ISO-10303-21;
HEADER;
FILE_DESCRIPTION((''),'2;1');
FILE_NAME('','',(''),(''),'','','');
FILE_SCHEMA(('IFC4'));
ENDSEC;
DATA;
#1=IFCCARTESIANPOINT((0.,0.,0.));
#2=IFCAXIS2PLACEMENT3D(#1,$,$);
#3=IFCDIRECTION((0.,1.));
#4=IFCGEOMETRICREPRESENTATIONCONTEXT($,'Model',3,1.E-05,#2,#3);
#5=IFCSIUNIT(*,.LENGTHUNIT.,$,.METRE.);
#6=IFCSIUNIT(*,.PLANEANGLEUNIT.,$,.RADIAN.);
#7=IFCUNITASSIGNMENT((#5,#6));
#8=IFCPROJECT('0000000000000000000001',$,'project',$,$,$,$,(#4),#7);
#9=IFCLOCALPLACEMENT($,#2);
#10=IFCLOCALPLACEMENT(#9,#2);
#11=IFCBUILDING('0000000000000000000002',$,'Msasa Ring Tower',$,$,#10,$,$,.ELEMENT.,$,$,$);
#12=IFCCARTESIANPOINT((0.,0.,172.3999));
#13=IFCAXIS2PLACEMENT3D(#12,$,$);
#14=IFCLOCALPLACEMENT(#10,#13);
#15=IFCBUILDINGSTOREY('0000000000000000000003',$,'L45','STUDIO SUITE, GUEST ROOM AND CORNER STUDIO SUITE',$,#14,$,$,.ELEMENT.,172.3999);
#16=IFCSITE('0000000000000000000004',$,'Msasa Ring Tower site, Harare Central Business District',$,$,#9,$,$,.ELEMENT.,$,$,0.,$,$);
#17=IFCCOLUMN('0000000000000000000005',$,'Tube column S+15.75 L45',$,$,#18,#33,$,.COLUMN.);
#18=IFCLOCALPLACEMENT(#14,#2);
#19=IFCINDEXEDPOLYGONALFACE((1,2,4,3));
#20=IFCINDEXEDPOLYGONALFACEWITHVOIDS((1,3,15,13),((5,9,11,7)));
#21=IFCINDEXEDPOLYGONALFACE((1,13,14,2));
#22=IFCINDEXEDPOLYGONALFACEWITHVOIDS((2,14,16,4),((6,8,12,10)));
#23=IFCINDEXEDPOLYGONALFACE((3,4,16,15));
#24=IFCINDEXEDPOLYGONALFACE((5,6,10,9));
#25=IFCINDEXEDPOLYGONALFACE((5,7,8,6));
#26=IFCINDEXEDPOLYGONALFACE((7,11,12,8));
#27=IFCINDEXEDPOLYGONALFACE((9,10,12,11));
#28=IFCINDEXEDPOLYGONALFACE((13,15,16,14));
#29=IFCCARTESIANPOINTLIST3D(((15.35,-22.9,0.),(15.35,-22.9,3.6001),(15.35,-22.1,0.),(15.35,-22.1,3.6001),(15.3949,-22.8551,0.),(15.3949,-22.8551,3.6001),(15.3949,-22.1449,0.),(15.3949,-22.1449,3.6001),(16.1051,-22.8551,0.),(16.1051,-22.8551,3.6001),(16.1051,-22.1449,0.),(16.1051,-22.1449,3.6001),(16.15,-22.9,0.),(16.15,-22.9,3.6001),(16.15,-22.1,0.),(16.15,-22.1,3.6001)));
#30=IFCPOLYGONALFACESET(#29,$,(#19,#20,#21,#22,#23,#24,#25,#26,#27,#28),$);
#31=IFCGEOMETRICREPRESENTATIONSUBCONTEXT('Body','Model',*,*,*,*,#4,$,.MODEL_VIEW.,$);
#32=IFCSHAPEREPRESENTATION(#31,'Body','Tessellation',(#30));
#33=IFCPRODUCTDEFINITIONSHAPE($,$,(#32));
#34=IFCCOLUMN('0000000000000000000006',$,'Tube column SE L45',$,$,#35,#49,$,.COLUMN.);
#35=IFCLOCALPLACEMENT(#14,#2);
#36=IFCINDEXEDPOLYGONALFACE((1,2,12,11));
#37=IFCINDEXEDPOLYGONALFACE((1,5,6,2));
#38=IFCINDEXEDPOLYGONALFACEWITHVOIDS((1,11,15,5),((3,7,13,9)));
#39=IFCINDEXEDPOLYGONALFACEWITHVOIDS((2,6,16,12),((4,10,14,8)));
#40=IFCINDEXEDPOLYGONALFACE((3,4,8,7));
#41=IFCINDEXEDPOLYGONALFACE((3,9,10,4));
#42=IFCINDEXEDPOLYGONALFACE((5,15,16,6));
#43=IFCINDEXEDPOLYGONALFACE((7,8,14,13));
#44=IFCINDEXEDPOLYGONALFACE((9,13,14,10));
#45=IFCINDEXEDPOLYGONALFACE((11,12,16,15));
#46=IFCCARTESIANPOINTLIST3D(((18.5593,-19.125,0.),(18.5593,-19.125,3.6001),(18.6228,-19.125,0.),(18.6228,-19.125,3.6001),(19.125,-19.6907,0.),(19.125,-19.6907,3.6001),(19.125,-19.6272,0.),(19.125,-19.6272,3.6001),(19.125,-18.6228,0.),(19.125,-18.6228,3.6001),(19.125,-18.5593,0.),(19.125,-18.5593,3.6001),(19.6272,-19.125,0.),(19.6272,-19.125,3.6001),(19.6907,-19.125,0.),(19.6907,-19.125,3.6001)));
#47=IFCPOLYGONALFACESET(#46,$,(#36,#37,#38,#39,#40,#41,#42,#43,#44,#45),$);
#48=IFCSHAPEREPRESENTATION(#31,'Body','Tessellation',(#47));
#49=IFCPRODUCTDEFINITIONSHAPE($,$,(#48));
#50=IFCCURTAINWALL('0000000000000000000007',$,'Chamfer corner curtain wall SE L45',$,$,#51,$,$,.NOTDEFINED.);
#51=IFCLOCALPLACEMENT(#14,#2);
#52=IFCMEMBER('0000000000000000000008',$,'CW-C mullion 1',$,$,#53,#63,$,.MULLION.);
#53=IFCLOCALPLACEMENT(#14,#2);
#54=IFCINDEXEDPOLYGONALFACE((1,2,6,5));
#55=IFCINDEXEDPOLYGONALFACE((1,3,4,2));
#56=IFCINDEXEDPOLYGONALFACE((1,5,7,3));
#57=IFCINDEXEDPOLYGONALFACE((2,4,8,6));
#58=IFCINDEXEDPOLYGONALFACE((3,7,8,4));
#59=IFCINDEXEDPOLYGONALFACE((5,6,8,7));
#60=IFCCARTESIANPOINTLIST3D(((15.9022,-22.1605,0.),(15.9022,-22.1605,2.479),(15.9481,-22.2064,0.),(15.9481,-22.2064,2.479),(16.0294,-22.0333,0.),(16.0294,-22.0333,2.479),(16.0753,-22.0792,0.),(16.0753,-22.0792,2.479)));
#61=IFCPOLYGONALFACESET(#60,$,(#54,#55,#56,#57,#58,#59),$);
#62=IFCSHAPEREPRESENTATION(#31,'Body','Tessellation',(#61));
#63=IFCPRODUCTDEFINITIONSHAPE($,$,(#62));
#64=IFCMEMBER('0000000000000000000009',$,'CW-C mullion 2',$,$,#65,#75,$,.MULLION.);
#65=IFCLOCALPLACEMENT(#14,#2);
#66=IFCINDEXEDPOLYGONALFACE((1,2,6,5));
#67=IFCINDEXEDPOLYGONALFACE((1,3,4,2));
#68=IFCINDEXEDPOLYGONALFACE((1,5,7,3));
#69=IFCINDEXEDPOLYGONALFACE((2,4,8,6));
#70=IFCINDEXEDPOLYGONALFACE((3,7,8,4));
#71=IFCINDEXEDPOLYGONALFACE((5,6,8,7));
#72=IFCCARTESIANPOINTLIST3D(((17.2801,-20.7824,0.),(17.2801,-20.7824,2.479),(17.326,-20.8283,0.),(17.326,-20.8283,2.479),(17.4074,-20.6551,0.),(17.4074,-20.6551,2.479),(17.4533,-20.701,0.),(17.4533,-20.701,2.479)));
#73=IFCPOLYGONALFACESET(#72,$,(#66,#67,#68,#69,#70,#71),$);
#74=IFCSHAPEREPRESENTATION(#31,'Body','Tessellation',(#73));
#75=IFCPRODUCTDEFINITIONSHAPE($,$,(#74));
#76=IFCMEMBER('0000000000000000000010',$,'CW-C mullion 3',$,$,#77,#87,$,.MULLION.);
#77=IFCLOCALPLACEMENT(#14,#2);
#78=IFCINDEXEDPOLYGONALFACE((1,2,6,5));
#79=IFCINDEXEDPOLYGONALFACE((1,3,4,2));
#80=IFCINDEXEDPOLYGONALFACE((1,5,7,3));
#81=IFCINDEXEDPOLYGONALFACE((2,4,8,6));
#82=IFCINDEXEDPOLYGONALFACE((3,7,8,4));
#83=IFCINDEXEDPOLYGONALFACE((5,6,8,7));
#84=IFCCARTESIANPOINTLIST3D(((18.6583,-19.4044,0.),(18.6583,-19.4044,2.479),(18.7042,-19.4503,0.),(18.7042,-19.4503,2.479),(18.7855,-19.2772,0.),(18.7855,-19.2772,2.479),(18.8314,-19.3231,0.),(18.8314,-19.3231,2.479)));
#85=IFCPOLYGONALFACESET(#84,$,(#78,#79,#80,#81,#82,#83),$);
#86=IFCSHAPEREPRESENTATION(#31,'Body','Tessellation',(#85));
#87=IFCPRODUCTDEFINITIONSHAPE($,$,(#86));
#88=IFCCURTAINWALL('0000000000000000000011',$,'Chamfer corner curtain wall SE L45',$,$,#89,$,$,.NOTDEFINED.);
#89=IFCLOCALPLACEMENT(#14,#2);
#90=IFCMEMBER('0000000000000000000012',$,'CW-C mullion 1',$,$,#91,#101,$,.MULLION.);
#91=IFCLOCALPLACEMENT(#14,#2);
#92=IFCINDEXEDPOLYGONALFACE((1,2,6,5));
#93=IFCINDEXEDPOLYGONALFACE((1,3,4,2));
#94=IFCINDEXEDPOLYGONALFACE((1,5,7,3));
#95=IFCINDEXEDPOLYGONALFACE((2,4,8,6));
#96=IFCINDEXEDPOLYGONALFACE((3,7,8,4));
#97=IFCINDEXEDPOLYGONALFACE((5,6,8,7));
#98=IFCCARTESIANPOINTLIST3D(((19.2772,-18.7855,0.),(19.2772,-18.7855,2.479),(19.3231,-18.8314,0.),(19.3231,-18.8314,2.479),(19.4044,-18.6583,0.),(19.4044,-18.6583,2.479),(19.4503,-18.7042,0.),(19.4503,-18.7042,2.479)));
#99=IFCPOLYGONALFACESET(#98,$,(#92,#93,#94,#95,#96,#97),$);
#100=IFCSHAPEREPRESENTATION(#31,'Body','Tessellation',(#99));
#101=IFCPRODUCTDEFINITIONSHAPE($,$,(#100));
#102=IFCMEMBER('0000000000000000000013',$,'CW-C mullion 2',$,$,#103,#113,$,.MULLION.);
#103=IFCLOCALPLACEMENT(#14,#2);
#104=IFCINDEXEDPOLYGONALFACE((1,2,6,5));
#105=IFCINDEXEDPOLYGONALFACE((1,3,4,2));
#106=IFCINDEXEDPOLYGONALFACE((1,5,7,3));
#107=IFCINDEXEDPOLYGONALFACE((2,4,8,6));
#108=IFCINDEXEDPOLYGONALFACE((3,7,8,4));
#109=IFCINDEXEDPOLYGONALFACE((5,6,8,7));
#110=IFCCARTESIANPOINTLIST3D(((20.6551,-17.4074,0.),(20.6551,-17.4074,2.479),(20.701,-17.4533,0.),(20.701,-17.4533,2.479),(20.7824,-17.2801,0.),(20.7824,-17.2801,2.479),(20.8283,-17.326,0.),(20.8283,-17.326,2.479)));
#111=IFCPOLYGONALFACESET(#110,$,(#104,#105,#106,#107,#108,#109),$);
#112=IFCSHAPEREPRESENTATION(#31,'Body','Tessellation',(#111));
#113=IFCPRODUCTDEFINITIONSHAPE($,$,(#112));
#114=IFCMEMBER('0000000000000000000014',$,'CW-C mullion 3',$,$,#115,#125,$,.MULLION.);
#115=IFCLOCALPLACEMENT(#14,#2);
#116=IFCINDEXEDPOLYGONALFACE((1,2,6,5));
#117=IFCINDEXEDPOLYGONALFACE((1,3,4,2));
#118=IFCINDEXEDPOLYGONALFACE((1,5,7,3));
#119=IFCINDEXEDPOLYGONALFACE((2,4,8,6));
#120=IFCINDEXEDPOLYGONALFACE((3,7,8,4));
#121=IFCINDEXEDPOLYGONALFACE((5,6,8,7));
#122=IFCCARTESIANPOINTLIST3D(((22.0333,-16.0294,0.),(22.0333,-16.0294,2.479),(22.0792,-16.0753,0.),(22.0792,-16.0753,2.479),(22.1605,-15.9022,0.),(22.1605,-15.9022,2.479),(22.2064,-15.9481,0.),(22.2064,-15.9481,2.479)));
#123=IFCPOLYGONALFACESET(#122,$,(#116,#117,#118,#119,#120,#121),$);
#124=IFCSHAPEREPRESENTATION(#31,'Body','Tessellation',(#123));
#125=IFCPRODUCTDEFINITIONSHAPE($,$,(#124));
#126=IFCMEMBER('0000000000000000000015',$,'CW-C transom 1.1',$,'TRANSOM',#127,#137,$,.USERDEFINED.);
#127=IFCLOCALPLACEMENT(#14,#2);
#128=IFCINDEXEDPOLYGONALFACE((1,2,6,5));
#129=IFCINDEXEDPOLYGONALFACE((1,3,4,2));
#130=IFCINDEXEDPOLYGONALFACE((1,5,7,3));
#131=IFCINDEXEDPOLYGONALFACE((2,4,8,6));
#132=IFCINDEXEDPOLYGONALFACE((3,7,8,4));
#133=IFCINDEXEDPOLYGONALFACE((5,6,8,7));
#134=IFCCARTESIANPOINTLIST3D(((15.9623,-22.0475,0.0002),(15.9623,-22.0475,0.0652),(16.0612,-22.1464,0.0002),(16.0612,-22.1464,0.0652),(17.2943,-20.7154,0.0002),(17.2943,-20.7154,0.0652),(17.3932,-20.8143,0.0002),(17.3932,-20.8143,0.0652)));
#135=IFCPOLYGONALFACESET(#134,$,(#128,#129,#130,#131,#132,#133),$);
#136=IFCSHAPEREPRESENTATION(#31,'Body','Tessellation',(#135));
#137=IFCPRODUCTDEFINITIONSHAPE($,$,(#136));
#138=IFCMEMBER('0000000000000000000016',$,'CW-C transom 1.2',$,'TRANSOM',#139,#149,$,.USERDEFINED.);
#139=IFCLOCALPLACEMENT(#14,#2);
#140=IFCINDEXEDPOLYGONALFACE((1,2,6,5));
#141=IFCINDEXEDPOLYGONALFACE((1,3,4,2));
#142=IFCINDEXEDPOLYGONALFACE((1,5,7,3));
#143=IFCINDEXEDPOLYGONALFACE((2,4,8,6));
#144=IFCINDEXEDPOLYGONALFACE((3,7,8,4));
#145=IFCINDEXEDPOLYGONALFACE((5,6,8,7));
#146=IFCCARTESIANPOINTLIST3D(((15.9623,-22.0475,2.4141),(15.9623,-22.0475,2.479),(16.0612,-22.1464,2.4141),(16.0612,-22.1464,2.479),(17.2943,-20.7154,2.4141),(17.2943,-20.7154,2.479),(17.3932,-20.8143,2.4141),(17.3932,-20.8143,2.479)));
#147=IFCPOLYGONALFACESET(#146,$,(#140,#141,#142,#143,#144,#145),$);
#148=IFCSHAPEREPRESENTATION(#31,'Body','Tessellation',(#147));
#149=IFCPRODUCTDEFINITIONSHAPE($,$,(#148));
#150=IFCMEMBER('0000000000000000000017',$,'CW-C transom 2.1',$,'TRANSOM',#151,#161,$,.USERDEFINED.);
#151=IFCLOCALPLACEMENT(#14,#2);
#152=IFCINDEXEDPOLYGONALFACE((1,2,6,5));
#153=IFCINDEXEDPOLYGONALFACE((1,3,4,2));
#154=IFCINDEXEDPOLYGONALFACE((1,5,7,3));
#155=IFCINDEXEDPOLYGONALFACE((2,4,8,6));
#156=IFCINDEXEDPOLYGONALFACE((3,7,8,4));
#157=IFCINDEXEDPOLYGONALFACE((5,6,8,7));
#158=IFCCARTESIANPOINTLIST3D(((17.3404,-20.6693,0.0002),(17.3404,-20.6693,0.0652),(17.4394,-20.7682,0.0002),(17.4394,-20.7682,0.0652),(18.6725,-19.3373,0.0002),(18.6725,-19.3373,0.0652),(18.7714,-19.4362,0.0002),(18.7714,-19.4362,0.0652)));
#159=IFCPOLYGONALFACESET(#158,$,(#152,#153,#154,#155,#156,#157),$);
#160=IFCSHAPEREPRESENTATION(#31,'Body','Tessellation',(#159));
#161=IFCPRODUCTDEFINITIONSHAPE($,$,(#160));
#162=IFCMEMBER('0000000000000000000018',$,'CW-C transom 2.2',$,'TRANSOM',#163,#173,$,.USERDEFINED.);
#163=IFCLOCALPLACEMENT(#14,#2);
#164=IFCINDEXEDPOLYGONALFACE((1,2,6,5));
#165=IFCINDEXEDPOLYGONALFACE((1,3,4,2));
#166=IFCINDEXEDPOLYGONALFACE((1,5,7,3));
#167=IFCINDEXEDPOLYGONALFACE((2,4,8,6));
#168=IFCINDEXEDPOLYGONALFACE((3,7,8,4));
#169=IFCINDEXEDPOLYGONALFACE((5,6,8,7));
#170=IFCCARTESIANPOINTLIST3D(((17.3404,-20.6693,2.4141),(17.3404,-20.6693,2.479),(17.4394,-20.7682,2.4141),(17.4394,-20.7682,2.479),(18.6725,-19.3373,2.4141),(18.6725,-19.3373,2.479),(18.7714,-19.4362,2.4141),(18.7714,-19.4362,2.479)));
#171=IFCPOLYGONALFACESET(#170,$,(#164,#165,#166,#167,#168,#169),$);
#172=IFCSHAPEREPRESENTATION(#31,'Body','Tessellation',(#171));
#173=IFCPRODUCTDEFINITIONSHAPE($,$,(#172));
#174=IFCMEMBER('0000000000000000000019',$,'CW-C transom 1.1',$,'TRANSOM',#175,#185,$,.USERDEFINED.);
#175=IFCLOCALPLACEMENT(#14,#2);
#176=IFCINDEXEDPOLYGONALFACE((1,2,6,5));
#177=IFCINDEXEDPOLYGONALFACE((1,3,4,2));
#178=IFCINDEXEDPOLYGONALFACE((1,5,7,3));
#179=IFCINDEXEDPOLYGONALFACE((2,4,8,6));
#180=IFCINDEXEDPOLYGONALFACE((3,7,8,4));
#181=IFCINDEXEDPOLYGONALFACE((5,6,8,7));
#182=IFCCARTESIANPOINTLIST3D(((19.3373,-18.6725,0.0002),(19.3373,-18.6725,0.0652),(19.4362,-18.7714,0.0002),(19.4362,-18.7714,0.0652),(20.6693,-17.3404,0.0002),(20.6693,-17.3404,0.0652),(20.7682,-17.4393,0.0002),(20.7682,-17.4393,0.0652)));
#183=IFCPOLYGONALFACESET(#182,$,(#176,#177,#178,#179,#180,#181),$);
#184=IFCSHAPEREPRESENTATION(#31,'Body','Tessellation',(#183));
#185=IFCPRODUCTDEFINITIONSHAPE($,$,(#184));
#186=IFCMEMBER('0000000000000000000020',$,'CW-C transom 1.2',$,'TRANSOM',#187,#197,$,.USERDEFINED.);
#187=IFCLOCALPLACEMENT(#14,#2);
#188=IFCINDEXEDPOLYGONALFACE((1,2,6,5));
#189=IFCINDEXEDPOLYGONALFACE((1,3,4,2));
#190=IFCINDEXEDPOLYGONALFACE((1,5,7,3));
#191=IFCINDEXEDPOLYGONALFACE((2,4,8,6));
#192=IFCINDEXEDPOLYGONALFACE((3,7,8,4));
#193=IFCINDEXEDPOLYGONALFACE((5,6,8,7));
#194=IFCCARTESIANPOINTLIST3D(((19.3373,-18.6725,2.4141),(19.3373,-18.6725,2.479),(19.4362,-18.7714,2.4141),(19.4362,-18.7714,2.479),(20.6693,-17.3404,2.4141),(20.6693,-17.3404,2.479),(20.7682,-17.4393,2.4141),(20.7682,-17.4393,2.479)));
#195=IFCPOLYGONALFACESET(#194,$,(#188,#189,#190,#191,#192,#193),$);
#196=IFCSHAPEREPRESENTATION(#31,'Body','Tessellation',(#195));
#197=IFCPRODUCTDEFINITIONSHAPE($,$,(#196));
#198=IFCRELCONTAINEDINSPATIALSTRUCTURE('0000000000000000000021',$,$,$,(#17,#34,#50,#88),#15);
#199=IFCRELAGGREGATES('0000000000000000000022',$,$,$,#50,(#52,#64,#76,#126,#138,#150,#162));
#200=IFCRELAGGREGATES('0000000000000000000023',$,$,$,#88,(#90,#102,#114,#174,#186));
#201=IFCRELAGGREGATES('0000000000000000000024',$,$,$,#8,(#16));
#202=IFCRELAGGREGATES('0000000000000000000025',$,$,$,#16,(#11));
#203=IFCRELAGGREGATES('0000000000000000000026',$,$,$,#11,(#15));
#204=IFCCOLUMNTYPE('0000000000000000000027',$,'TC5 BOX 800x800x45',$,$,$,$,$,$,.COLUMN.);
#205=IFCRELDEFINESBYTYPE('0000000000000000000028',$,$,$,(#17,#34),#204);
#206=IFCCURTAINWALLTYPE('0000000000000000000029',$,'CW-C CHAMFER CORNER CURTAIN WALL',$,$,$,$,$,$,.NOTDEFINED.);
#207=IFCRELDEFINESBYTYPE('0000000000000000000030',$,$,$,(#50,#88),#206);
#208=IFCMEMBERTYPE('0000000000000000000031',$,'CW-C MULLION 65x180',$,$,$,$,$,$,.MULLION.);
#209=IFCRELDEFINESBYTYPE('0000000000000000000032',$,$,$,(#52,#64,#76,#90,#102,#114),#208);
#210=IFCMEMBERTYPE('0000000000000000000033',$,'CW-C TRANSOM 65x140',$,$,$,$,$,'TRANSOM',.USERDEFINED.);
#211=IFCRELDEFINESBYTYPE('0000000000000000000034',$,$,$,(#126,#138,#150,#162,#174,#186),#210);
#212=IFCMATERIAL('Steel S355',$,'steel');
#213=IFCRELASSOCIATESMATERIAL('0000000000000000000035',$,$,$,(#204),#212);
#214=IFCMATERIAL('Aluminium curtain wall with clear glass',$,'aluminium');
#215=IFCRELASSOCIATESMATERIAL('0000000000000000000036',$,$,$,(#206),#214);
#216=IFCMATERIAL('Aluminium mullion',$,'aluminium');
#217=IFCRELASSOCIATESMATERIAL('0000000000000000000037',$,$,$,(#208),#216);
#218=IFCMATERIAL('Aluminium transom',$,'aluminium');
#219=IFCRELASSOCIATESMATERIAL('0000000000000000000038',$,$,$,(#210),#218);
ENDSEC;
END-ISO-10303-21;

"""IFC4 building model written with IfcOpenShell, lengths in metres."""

from ifc_helpers import new_model, si_unit, direction, frame, origin, origin_2d, place, context, subcontext, project, spatial, rectangle, hollow_rectangle, extrude, material, material_profile, profile_set, type_object, element, aggregate, save


model = new_model("IFC4")

# Units and contexts
model_context = context("Model", 3, precision=1e-05, world=origin(), true_north=direction((0.0, 1.0)))
body_context = subcontext(model_context, "Body", "Model", "MODEL_VIEW")
ifc_project = project(units=[si_unit("LENGTHUNIT", "METRE"), si_unit("PLANEANGLEUNIT", "RADIAN")], contexts=[model_context])

# Site, building, storey
site_placement = place(None, origin())
site = spatial("IfcSite", under=ifc_project, at=site_placement, Name="Msasa Ring Tower site, Harare Central Business District", CompositionType="ELEMENT", RefElevation=0.0)
building_placement = place(site_placement, origin())
building = spatial("IfcBuilding", under=site, at=building_placement, Name="Msasa Ring Tower", CompositionType="ELEMENT")
storey_placement = place(building_placement, frame((0.0, 0.0, 172.3999)))
storey = spatial("IfcBuildingStorey", under=building, at=storey_placement, Name="L45", Description="STUDIO SUITE, GUEST ROOM AND CORNER STUDIO SUITE", CompositionType="ELEMENT", Elevation=172.3999)

# Columns
ifc_material_1 = material(Name="Steel S355", Category="steel")
ifc_material_profile_1 = material_profile(ifc_material_1, hollow_rectangle(XDim=0.8, YDim=0.8, WallThickness=0.0449, at=origin_2d()), Name="BOX 800x800x45")
ifc_profile_set_1 = profile_set([ifc_material_profile_1], Name="Steel S355")
column_type = type_object("IfcColumnType", Name="TC5 BOX 800x800x45", PredefinedType="COLUMN", material=ifc_profile_set_1)
for number, where, z_axis, x_axis, name in (
    (1, (15.75, -22.5, 0.0), (0.0, 0.0, 1.0), (0.0, 1.0, 0.0), "Tube column S+15.75 L45"),
    (2, (19.125, -19.125, 0.0), (0.0, 0.0, 1.0), (0.707107, -0.707107, 0.0), "Tube column SE L45"),
):
    element("IfcColumn", number, at=place(storey_placement, frame(where, z_axis=z_axis, x_axis=x_axis)), inside=storey, type_object=column_type, Name=name, PredefinedType="COLUMN", context=body_context, shape_type="SweptSolid", body=[
        extrude(hollow_rectangle(XDim=0.8, YDim=0.8, WallThickness=0.0449, at=origin_2d()), origin(), (0.0, 0.0, 1.0), 3.6001),
    ])

# Curtain walls, members
ifc_material_2 = material(Name="Aluminium curtain wall with clear glass", Category="aluminium")
curtain_wall_type = type_object("IfcCurtainWallType", Name="CW-C CHAMFER CORNER CURTAIN WALL", PredefinedType="NOTDEFINED", material=ifc_material_2)
curtain_wall_1_placement = place(storey_placement, origin())
curtain_wall_1 = element("IfcCurtainWall", 3, at=curtain_wall_1_placement, inside=storey, type_object=curtain_wall_type, Name="Chamfer corner curtain wall SE L45", PredefinedType="NOTDEFINED")
ifc_material_3 = material(Name="Aluminium mullion", Category="aluminium")
ifc_material_profile_2 = material_profile(ifc_material_3, rectangle(XDim=0.0649, YDim=0.1799, at=origin_2d()), Name="AL 65x180")
ifc_profile_set_2 = profile_set([ifc_material_profile_2], Name="Aluminium mullion")
member_type_1 = type_object("IfcMemberType", Name="CW-C MULLION 65x180", PredefinedType="MULLION", material=ifc_profile_set_2)
member_1_placement = place(storey_placement, frame((15.9888, -22.1199, 0.0), z_axis=(0.0, 0.0, 1.0), x_axis=(-0.707107, 0.707107, 0.0)))
member_1 = element("IfcMember", 4, at=member_1_placement, type_object=member_type_1, Name="CW-C mullion 1", PredefinedType="MULLION", context=body_context, shape_type="SweptSolid", body=[
    extrude(rectangle(XDim=0.0649, YDim=0.1799, at=origin_2d()), origin(), (0.0, 0.0, 1.0), 2.479),
])
member_2_placement = place(storey_placement, frame((17.3667, -20.7417, 0.0), z_axis=(0.0, 0.0, 1.0), x_axis=(-0.707107, 0.707107, 0.0)))
member_2 = element("IfcMember", 5, at=member_2_placement, type_object=member_type_1, Name="CW-C mullion 2", PredefinedType="MULLION", context=body_context, shape_type="SweptSolid", body=[
    extrude(rectangle(XDim=0.0649, YDim=0.1799, at=origin_2d()), origin(), (0.0, 0.0, 1.0), 2.479),
])
member_3_placement = place(storey_placement, frame((18.7449, -19.3638, 0.0), z_axis=(0.0, 0.0, 1.0), x_axis=(-0.707107, 0.707107, 0.0)))
member_3 = element("IfcMember", 6, at=member_3_placement, type_object=member_type_1, Name="CW-C mullion 3", PredefinedType="MULLION", context=body_context, shape_type="SweptSolid", body=[
    extrude(rectangle(XDim=0.0649, YDim=0.1799, at=origin_2d()), origin(), (0.0, 0.0, 1.0), 2.479),
])
curtain_wall_2_placement = place(storey_placement, origin())
curtain_wall_2 = element("IfcCurtainWall", 7, at=curtain_wall_2_placement, inside=storey, type_object=curtain_wall_type, Name="Chamfer corner curtain wall SE L45", PredefinedType="NOTDEFINED")
member_4_placement = place(storey_placement, frame((19.3638, -18.7449, 0.0), z_axis=(0.0, 0.0, 1.0), x_axis=(-0.707107, 0.707107, 0.0)))
member_4 = element("IfcMember", 8, at=member_4_placement, type_object=member_type_1, Name="CW-C mullion 1", PredefinedType="MULLION", context=body_context, shape_type="SweptSolid", body=[
    extrude(rectangle(XDim=0.0649, YDim=0.1799, at=origin_2d()), origin(), (0.0, 0.0, 1.0), 2.479),
])
member_5_placement = place(storey_placement, frame((20.7417, -17.3667, 0.0), z_axis=(0.0, 0.0, 1.0), x_axis=(-0.707107, 0.707107, 0.0)))
member_5 = element("IfcMember", 9, at=member_5_placement, type_object=member_type_1, Name="CW-C mullion 2", PredefinedType="MULLION", context=body_context, shape_type="SweptSolid", body=[
    extrude(rectangle(XDim=0.0649, YDim=0.1799, at=origin_2d()), origin(), (0.0, 0.0, 1.0), 2.479),
])
member_6_placement = place(storey_placement, frame((22.1199, -15.9888, 0.0), z_axis=(0.0, 0.0, 1.0), x_axis=(-0.707107, 0.707107, 0.0)))
member_6 = element("IfcMember", 10, at=member_6_placement, type_object=member_type_1, Name="CW-C mullion 3", PredefinedType="MULLION", context=body_context, shape_type="SweptSolid", body=[
    extrude(rectangle(XDim=0.0649, YDim=0.1799, at=origin_2d()), origin(), (0.0, 0.0, 1.0), 2.479),
])

# Members
ifc_material_4 = material(Name="Aluminium transom", Category="aluminium")
ifc_material_profile_3 = material_profile(ifc_material_4, rectangle(XDim=0.1399, YDim=0.0649, at=origin_2d()), Name="AL 65x140")
ifc_profile_set_3 = profile_set([ifc_material_profile_3], Name="Aluminium transom")
member_type_2 = type_object("IfcMemberType", Name="CW-C TRANSOM 65x140", ElementType="TRANSOM", PredefinedType="USERDEFINED", material=ifc_profile_set_3)
member_7_placement = place(storey_placement, frame((16.0117, -22.0969, 0.0327), z_axis=(0.707107, 0.707107, 0.0), x_axis=(-0.707107, 0.707107, 0.0)))
member_7 = element("IfcMember", 11, at=member_7_placement, type_object=member_type_2, Name="CW-C transom 1.1", ObjectType="TRANSOM", PredefinedType="USERDEFINED", context=body_context, shape_type="SweptSolid", body=[
    extrude(rectangle(XDim=0.1399, YDim=0.0649, at=origin_2d()), origin(), (0.0, 0.0, 1.0), 1.8838),
])
member_8_placement = place(storey_placement, frame((16.0117, -22.0969, 2.4465), z_axis=(0.707107, 0.707107, 0.0), x_axis=(-0.707107, 0.707107, 0.0)))
member_8 = element("IfcMember", 12, at=member_8_placement, type_object=member_type_2, Name="CW-C transom 1.2", ObjectType="TRANSOM", PredefinedType="USERDEFINED", context=body_context, shape_type="SweptSolid", body=[
    extrude(rectangle(XDim=0.1399, YDim=0.0649, at=origin_2d()), origin(), (0.0, 0.0, 1.0), 1.8838),
])
member_9_placement = place(storey_placement, frame((17.3899, -20.7188, 0.0327), z_axis=(0.707107, 0.707107, 0.0), x_axis=(-0.707107, 0.707107, 0.0)))
member_9 = element("IfcMember", 13, at=member_9_placement, type_object=member_type_2, Name="CW-C transom 2.1", ObjectType="TRANSOM", PredefinedType="USERDEFINED", context=body_context, shape_type="SweptSolid", body=[
    extrude(rectangle(XDim=0.1399, YDim=0.0649, at=origin_2d()), origin(), (0.0, 0.0, 1.0), 1.8838),
])
member_10_placement = place(storey_placement, frame((17.3899, -20.7188, 2.4465), z_axis=(0.707107, 0.707107, 0.0), x_axis=(-0.707107, 0.707107, 0.0)))
member_10 = element("IfcMember", 14, at=member_10_placement, type_object=member_type_2, Name="CW-C transom 2.2", ObjectType="TRANSOM", PredefinedType="USERDEFINED", context=body_context, shape_type="SweptSolid", body=[
    extrude(rectangle(XDim=0.1399, YDim=0.0649, at=origin_2d()), origin(), (0.0, 0.0, 1.0), 1.8838),
])
member_11_placement = place(storey_placement, frame((19.3867, -18.7219, 0.0327), z_axis=(0.707107, 0.707107, 0.0), x_axis=(-0.707107, 0.707107, 0.0)))
member_11 = element("IfcMember", 15, at=member_11_placement, type_object=member_type_2, Name="CW-C transom 1.1", ObjectType="TRANSOM", PredefinedType="USERDEFINED", context=body_context, shape_type="SweptSolid", body=[
    extrude(rectangle(XDim=0.1399, YDim=0.0649, at=origin_2d()), origin(), (0.0, 0.0, 1.0), 1.8838),
])
member_12_placement = place(storey_placement, frame((19.3867, -18.7219, 2.4465), z_axis=(0.707107, 0.707107, 0.0), x_axis=(-0.707107, 0.707107, 0.0)))
member_12 = element("IfcMember", 16, at=member_12_placement, type_object=member_type_2, Name="CW-C transom 1.2", ObjectType="TRANSOM", PredefinedType="USERDEFINED", context=body_context, shape_type="SweptSolid", body=[
    extrude(rectangle(XDim=0.1399, YDim=0.0649, at=origin_2d()), origin(), (0.0, 0.0, 1.0), 1.8838),
])

aggregate(curtain_wall_1, [member_1, member_2, member_3, member_7, member_8, member_9, member_10])
aggregate(curtain_wall_2, [member_4, member_5, member_6, member_11, member_12])

save(model, "model.ifc")
